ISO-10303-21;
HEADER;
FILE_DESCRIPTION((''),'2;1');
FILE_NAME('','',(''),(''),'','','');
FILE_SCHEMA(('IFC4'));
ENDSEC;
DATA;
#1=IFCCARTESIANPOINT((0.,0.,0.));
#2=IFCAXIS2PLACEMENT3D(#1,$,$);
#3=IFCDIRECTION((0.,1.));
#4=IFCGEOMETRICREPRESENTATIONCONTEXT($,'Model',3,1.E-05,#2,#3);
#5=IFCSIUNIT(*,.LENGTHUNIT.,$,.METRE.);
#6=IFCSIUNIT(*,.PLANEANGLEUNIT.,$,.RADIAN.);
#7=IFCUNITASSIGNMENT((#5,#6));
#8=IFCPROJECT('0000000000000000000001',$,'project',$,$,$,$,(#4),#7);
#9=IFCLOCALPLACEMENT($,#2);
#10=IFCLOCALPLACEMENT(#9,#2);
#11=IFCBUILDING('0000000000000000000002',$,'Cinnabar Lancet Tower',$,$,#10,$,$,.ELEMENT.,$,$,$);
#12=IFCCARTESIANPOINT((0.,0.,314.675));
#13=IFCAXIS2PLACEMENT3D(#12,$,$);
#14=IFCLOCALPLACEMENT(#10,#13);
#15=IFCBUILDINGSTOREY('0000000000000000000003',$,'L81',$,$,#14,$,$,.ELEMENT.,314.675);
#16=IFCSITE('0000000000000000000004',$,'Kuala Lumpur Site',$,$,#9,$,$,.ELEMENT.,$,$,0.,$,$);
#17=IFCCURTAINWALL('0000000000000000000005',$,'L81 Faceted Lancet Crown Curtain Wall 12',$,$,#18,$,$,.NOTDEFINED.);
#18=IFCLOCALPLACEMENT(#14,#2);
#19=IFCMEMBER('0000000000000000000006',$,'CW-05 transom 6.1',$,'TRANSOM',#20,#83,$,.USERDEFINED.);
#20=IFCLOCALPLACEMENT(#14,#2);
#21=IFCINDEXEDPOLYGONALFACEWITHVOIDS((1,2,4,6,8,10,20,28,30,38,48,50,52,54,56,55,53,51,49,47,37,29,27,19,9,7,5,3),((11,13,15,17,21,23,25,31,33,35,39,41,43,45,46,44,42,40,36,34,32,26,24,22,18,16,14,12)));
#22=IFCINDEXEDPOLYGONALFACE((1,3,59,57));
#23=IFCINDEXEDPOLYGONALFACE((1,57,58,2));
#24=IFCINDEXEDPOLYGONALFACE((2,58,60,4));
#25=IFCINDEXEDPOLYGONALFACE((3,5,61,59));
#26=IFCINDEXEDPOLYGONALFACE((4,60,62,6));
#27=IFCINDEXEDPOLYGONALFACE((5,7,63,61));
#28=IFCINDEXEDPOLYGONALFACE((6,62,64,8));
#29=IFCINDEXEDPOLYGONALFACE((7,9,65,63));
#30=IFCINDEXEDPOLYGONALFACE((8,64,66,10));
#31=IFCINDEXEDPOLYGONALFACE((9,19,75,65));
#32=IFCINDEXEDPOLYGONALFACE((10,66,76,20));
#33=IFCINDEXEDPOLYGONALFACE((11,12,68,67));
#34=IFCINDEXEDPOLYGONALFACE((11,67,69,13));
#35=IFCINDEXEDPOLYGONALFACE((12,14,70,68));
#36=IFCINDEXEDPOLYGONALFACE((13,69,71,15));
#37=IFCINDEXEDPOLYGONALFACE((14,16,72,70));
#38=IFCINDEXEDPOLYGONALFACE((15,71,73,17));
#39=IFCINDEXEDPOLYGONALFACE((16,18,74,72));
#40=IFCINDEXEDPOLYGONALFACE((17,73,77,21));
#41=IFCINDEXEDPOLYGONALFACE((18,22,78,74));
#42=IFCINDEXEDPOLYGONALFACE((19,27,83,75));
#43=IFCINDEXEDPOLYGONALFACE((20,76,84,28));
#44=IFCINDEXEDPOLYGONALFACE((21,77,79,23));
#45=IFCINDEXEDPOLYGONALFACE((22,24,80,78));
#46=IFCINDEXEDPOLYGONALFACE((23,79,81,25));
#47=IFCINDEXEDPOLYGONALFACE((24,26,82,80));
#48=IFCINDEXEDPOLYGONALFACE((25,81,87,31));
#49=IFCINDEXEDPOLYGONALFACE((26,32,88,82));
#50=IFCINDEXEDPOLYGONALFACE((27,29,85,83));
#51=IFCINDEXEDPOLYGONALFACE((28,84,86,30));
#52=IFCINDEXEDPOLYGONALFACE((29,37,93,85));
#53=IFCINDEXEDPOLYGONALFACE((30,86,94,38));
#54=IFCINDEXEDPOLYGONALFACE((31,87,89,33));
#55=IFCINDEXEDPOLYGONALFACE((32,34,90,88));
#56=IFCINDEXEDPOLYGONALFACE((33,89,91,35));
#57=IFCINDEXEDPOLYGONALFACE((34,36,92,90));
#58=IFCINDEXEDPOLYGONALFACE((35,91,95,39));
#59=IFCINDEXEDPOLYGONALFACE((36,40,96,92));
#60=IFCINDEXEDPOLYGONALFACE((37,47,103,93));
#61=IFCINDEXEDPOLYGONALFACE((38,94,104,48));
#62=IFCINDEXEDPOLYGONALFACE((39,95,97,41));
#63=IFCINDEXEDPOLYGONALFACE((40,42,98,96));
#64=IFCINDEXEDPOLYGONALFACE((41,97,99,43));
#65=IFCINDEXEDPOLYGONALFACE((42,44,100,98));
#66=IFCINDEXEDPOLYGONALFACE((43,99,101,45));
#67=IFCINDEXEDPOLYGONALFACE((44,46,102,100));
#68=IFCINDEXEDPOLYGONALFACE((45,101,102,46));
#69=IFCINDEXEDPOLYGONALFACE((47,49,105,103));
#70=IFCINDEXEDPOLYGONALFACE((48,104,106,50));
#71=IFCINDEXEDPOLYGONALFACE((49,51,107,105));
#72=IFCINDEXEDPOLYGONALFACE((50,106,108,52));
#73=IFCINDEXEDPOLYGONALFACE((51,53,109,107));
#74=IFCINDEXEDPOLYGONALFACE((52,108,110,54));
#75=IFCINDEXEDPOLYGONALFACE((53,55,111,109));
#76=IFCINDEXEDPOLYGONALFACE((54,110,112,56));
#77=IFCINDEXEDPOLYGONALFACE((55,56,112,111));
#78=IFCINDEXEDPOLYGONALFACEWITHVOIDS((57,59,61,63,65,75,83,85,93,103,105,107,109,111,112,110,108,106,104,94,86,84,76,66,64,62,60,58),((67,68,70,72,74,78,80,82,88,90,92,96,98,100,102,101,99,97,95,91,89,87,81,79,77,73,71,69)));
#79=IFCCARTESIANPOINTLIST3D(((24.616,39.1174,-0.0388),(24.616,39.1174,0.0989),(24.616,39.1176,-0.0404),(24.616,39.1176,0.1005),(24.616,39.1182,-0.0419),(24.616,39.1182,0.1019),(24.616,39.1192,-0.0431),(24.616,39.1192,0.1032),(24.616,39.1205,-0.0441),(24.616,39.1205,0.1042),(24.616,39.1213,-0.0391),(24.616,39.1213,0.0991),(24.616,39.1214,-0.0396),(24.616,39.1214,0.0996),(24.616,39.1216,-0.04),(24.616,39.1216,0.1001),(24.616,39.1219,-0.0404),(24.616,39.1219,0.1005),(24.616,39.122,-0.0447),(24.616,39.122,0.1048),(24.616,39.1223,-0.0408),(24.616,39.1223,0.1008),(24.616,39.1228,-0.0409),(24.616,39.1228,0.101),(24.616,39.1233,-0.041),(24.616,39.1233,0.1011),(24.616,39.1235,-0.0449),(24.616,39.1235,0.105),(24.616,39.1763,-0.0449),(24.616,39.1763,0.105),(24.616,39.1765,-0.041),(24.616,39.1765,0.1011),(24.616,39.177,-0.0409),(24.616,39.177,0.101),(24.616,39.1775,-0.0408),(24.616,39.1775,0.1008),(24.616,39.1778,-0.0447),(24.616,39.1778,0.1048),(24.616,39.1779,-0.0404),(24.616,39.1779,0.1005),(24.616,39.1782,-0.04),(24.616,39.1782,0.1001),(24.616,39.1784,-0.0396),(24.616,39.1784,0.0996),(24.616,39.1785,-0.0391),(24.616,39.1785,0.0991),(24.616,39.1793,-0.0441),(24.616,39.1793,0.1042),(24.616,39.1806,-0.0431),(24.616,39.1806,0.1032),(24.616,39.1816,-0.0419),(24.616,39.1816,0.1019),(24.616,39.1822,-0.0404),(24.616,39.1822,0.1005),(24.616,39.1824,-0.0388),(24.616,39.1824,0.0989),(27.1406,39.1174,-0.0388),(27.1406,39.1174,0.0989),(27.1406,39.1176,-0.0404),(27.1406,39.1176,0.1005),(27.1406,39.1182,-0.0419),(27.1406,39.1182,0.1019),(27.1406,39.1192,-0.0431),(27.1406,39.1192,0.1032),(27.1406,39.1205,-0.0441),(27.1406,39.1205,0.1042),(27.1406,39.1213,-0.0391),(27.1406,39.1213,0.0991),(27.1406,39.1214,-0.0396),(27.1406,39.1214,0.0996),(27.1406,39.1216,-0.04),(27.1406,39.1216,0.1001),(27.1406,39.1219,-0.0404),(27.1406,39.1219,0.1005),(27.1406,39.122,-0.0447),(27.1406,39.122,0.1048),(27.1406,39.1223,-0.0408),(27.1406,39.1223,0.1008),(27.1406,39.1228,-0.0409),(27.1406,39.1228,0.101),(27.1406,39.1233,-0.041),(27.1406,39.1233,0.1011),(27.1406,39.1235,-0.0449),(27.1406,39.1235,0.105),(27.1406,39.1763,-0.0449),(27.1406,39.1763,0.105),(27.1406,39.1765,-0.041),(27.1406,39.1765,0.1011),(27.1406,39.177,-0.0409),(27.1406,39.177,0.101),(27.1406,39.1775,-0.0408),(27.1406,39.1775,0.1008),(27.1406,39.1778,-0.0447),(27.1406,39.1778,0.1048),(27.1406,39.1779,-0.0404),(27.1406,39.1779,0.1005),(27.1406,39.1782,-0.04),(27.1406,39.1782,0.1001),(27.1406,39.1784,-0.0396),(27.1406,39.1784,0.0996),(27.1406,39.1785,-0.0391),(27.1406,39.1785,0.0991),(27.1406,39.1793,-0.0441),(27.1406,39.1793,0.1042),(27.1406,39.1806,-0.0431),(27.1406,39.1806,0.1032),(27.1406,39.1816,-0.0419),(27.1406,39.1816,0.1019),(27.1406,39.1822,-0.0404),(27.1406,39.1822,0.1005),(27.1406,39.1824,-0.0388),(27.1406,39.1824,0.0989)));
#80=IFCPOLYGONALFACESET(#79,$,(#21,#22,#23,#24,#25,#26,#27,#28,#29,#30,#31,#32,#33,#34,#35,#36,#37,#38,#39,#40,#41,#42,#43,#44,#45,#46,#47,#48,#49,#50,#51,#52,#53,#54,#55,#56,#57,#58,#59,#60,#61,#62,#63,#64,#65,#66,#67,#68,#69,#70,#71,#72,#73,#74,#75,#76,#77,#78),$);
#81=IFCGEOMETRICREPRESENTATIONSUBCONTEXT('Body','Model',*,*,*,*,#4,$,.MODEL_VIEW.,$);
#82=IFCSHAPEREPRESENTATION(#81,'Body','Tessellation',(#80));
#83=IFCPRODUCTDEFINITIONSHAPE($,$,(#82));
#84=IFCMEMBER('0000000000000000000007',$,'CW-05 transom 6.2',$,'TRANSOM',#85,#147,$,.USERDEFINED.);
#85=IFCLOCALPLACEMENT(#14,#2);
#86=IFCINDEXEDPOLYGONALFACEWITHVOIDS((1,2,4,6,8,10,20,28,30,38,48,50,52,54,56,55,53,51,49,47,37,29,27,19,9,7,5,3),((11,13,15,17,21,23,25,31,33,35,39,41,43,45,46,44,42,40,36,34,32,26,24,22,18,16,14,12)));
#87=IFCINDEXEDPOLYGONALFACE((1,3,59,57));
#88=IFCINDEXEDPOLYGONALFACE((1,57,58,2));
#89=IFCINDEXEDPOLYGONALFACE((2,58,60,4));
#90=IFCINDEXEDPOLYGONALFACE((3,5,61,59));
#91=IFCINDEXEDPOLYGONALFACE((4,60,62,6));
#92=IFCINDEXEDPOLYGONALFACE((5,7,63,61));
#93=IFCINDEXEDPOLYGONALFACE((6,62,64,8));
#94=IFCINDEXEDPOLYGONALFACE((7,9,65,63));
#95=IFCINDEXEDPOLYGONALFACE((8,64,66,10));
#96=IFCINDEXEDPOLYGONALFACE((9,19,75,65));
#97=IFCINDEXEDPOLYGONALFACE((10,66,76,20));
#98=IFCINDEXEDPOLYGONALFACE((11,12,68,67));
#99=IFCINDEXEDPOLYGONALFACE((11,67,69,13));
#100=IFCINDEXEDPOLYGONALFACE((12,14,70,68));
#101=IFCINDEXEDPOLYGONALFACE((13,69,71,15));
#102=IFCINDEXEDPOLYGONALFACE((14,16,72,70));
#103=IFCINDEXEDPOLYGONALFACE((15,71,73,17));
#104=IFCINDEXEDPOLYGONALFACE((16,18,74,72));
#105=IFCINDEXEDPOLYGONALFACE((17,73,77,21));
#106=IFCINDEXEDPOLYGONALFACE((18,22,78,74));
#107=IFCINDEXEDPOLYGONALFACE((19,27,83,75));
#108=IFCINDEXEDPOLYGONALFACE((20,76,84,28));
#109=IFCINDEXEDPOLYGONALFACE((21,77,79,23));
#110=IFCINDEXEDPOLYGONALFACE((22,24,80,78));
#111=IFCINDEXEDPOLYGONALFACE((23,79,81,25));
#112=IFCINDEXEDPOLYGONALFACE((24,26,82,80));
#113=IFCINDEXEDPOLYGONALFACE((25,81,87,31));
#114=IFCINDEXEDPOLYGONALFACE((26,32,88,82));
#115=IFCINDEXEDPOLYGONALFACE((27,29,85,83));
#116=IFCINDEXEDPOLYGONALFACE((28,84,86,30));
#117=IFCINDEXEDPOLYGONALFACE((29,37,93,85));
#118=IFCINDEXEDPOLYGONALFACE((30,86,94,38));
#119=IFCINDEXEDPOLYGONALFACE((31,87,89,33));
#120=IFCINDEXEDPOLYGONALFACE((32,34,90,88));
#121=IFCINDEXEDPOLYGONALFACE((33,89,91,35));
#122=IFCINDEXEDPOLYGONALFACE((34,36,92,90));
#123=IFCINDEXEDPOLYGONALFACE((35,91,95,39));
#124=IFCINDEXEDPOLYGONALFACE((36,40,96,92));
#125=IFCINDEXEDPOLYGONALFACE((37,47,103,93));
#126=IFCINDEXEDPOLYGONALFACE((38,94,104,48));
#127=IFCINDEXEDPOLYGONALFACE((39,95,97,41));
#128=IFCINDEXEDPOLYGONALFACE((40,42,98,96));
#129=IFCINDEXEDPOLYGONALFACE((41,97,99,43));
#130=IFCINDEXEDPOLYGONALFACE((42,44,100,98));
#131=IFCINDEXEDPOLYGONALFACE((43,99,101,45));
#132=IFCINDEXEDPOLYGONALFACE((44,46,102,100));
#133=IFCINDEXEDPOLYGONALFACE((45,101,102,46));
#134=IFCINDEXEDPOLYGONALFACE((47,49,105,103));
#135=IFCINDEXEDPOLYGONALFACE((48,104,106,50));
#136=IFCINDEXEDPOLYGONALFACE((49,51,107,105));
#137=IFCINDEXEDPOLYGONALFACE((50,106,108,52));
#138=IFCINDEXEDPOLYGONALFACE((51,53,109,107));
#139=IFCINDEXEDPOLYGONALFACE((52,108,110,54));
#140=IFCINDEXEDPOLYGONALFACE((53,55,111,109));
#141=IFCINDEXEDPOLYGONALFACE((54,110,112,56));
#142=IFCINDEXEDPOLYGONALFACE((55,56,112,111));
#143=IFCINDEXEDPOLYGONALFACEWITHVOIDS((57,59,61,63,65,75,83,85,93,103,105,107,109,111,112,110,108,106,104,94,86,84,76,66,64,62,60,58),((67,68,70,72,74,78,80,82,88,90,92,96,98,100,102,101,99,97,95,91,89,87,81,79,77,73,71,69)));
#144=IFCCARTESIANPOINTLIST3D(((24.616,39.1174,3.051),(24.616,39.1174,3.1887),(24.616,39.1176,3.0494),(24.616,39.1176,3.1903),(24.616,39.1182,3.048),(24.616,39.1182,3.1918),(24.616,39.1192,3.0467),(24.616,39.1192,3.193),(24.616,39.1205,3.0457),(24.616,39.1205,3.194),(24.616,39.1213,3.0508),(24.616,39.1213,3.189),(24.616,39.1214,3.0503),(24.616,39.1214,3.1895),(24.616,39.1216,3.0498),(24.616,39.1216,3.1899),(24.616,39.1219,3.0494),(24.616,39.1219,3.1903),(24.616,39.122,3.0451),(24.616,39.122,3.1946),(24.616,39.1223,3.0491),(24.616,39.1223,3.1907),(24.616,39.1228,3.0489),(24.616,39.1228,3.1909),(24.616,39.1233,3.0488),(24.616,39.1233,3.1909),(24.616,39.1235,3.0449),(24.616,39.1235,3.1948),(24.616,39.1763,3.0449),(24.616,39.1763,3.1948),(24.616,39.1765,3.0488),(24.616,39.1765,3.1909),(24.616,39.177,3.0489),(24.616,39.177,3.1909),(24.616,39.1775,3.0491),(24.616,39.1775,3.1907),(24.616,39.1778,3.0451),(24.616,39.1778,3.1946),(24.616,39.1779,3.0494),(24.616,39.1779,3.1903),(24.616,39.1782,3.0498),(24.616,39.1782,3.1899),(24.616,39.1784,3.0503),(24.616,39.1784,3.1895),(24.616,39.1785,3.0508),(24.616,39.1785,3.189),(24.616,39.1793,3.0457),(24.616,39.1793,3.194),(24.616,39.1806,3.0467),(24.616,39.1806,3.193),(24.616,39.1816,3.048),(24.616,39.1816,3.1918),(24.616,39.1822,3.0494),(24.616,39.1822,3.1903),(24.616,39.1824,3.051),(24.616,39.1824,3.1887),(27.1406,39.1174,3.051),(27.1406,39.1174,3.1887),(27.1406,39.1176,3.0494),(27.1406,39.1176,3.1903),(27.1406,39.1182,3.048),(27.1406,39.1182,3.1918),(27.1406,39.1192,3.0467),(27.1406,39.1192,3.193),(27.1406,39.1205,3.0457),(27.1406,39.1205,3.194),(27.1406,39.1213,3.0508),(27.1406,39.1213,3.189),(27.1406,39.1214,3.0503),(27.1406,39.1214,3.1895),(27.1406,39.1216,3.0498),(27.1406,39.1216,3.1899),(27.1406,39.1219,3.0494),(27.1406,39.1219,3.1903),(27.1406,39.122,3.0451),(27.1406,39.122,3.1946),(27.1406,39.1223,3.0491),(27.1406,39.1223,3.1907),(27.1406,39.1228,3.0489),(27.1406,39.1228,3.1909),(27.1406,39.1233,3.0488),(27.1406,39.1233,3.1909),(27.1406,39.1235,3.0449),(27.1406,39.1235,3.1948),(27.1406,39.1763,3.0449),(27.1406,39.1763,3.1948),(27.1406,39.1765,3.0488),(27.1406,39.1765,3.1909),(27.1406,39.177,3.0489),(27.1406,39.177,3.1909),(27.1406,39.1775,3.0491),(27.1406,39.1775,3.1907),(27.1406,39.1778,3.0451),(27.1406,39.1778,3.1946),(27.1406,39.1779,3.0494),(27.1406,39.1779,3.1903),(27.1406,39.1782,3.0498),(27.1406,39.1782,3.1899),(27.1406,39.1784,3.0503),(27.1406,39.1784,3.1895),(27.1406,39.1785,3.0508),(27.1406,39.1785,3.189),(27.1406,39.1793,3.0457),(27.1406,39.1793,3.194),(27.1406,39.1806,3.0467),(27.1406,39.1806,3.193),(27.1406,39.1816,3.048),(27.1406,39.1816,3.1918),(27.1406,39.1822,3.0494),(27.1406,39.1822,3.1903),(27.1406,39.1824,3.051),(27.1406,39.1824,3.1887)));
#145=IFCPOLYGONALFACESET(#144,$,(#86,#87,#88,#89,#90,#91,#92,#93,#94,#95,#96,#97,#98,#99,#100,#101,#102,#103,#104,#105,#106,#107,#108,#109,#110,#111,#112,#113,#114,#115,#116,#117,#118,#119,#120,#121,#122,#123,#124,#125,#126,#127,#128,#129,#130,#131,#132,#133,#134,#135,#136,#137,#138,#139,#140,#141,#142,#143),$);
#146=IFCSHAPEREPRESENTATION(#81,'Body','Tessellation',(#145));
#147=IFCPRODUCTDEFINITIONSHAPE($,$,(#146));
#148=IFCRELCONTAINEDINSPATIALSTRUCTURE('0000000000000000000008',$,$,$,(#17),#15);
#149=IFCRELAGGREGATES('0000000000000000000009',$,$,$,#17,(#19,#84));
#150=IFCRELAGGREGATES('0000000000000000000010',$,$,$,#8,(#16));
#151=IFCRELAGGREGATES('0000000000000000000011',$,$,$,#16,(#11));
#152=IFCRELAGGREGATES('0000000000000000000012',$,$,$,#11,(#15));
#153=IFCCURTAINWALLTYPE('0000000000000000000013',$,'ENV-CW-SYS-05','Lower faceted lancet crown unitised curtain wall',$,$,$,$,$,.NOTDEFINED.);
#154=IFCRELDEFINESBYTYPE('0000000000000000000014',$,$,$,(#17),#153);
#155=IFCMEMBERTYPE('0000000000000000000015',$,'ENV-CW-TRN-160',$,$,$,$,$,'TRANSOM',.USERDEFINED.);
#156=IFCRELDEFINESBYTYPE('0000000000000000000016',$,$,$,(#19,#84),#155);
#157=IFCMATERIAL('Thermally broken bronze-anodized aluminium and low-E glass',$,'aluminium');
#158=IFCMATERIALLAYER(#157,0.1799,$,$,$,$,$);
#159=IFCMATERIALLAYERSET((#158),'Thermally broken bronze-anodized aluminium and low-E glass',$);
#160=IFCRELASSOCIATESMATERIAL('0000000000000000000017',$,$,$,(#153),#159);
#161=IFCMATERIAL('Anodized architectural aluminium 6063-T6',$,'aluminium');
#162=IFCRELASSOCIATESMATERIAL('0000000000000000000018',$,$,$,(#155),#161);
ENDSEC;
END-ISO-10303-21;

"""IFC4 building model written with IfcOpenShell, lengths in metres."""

from ifc_helpers import new_model, si_unit, direction, frame, origin, origin_2d, place, context, subcontext, project, spatial, hollow_rectangle, extrude, material, layer, layer_set, material_profile, profile_set, type_object, element, aggregate, save


model = new_model("IFC4")

# Units and contexts
model_context = context("Model", 3, precision=1e-05, world=origin(), true_north=direction((0.0, 1.0)))
body_context = subcontext(model_context, "Body", "Model", "MODEL_VIEW")
ifc_project = project(units=[si_unit("LENGTHUNIT", "METRE"), si_unit("PLANEANGLEUNIT", "RADIAN")], contexts=[model_context])

# Site, building, storey
site_placement = place(None, origin())
site = spatial("IfcSite", under=ifc_project, at=site_placement, Name="Kuala Lumpur Site", CompositionType="ELEMENT", RefElevation=0.0)
building_placement = place(site_placement, origin())
building = spatial("IfcBuilding", under=site, at=building_placement, Name="Cinnabar Lancet Tower", CompositionType="ELEMENT")
storey_placement = place(building_placement, frame((0.0, 0.0, 314.675)))
storey = spatial("IfcBuildingStorey", under=building, at=storey_placement, Name="L81", CompositionType="ELEMENT", Elevation=314.675)

# Curtain wall
ifc_material_1 = material(Name="Thermally broken bronze-anodized aluminium and low-E glass", Category="aluminium")
ifc_layer_1 = layer(ifc_material_1, 0.1799)
ifc_layer_set_1 = layer_set([ifc_layer_1], Name="Thermally broken bronze-anodized aluminium and low-E glass")
curtain_wall_type = type_object("IfcCurtainWallType", Name="ENV-CW-SYS-05", Description="Lower faceted lancet crown unitised curtain wall", PredefinedType="NOTDEFINED", material=ifc_layer_set_1)
curtain_wall_1_placement = place(storey_placement, origin())
curtain_wall_1 = element("IfcCurtainWall", 1, at=curtain_wall_1_placement, inside=storey, type_object=curtain_wall_type, Name="L81 Faceted Lancet Crown Curtain Wall 12", PredefinedType="NOTDEFINED")

# Members
ifc_material_2 = material(Name="Anodized architectural aluminium 6063-T6", Category="aluminium")
ifc_material_profile_1 = material_profile(ifc_material_2, hollow_rectangle(XDim=0.0649, YDim=0.1499, WallThickness=0.0039, InnerFilletRadius=0.002, OuterFilletRadius=0.0061, at=origin_2d()), Name="CW-TRN 150x65x4")
ifc_profile_set_1 = profile_set([ifc_material_profile_1], Name="Anodized architectural aluminium 6063-T6")
member_type_1 = type_object("IfcMemberType", Name="ENV-CW-TRN-160", ElementType="TRANSOM", PredefinedType="USERDEFINED", material=ifc_profile_set_1)
member_1_placement = place(storey_placement, frame((27.1406, 39.1499, 0.03), z_axis=(-1.0, 0.0, 0.0), x_axis=(0.0, -1.0, 0.0)))
member_1 = element("IfcMember", 2, at=member_1_placement, type_object=member_type_1, Name="CW-05 transom 6.1", ObjectType="TRANSOM", PredefinedType="USERDEFINED", context=body_context, shape_type="SweptSolid", body=[
    extrude(hollow_rectangle(XDim=0.0649, YDim=0.1499, WallThickness=0.0039, InnerFilletRadius=0.002, OuterFilletRadius=0.0061, at=origin_2d()), origin(), (0.0, 0.0, 1.0), 2.5247),
])
member_2_placement = place(storey_placement, frame((27.1406, 39.1499, 3.1199), z_axis=(-1.0, 0.0, 0.0), x_axis=(0.0, -1.0, 0.0)))
member_2 = element("IfcMember", 3, at=member_2_placement, type_object=member_type_1, Name="CW-05 transom 6.2", ObjectType="TRANSOM", PredefinedType="USERDEFINED", context=body_context, shape_type="SweptSolid", body=[
    extrude(hollow_rectangle(XDim=0.0649, YDim=0.1499, WallThickness=0.0039, InnerFilletRadius=0.002, OuterFilletRadius=0.0061, at=origin_2d()), origin(), (0.0, 0.0, 1.0), 2.5247),
])

aggregate(curtain_wall_1, [member_1, member_2])

save(model, "model.ifc")
